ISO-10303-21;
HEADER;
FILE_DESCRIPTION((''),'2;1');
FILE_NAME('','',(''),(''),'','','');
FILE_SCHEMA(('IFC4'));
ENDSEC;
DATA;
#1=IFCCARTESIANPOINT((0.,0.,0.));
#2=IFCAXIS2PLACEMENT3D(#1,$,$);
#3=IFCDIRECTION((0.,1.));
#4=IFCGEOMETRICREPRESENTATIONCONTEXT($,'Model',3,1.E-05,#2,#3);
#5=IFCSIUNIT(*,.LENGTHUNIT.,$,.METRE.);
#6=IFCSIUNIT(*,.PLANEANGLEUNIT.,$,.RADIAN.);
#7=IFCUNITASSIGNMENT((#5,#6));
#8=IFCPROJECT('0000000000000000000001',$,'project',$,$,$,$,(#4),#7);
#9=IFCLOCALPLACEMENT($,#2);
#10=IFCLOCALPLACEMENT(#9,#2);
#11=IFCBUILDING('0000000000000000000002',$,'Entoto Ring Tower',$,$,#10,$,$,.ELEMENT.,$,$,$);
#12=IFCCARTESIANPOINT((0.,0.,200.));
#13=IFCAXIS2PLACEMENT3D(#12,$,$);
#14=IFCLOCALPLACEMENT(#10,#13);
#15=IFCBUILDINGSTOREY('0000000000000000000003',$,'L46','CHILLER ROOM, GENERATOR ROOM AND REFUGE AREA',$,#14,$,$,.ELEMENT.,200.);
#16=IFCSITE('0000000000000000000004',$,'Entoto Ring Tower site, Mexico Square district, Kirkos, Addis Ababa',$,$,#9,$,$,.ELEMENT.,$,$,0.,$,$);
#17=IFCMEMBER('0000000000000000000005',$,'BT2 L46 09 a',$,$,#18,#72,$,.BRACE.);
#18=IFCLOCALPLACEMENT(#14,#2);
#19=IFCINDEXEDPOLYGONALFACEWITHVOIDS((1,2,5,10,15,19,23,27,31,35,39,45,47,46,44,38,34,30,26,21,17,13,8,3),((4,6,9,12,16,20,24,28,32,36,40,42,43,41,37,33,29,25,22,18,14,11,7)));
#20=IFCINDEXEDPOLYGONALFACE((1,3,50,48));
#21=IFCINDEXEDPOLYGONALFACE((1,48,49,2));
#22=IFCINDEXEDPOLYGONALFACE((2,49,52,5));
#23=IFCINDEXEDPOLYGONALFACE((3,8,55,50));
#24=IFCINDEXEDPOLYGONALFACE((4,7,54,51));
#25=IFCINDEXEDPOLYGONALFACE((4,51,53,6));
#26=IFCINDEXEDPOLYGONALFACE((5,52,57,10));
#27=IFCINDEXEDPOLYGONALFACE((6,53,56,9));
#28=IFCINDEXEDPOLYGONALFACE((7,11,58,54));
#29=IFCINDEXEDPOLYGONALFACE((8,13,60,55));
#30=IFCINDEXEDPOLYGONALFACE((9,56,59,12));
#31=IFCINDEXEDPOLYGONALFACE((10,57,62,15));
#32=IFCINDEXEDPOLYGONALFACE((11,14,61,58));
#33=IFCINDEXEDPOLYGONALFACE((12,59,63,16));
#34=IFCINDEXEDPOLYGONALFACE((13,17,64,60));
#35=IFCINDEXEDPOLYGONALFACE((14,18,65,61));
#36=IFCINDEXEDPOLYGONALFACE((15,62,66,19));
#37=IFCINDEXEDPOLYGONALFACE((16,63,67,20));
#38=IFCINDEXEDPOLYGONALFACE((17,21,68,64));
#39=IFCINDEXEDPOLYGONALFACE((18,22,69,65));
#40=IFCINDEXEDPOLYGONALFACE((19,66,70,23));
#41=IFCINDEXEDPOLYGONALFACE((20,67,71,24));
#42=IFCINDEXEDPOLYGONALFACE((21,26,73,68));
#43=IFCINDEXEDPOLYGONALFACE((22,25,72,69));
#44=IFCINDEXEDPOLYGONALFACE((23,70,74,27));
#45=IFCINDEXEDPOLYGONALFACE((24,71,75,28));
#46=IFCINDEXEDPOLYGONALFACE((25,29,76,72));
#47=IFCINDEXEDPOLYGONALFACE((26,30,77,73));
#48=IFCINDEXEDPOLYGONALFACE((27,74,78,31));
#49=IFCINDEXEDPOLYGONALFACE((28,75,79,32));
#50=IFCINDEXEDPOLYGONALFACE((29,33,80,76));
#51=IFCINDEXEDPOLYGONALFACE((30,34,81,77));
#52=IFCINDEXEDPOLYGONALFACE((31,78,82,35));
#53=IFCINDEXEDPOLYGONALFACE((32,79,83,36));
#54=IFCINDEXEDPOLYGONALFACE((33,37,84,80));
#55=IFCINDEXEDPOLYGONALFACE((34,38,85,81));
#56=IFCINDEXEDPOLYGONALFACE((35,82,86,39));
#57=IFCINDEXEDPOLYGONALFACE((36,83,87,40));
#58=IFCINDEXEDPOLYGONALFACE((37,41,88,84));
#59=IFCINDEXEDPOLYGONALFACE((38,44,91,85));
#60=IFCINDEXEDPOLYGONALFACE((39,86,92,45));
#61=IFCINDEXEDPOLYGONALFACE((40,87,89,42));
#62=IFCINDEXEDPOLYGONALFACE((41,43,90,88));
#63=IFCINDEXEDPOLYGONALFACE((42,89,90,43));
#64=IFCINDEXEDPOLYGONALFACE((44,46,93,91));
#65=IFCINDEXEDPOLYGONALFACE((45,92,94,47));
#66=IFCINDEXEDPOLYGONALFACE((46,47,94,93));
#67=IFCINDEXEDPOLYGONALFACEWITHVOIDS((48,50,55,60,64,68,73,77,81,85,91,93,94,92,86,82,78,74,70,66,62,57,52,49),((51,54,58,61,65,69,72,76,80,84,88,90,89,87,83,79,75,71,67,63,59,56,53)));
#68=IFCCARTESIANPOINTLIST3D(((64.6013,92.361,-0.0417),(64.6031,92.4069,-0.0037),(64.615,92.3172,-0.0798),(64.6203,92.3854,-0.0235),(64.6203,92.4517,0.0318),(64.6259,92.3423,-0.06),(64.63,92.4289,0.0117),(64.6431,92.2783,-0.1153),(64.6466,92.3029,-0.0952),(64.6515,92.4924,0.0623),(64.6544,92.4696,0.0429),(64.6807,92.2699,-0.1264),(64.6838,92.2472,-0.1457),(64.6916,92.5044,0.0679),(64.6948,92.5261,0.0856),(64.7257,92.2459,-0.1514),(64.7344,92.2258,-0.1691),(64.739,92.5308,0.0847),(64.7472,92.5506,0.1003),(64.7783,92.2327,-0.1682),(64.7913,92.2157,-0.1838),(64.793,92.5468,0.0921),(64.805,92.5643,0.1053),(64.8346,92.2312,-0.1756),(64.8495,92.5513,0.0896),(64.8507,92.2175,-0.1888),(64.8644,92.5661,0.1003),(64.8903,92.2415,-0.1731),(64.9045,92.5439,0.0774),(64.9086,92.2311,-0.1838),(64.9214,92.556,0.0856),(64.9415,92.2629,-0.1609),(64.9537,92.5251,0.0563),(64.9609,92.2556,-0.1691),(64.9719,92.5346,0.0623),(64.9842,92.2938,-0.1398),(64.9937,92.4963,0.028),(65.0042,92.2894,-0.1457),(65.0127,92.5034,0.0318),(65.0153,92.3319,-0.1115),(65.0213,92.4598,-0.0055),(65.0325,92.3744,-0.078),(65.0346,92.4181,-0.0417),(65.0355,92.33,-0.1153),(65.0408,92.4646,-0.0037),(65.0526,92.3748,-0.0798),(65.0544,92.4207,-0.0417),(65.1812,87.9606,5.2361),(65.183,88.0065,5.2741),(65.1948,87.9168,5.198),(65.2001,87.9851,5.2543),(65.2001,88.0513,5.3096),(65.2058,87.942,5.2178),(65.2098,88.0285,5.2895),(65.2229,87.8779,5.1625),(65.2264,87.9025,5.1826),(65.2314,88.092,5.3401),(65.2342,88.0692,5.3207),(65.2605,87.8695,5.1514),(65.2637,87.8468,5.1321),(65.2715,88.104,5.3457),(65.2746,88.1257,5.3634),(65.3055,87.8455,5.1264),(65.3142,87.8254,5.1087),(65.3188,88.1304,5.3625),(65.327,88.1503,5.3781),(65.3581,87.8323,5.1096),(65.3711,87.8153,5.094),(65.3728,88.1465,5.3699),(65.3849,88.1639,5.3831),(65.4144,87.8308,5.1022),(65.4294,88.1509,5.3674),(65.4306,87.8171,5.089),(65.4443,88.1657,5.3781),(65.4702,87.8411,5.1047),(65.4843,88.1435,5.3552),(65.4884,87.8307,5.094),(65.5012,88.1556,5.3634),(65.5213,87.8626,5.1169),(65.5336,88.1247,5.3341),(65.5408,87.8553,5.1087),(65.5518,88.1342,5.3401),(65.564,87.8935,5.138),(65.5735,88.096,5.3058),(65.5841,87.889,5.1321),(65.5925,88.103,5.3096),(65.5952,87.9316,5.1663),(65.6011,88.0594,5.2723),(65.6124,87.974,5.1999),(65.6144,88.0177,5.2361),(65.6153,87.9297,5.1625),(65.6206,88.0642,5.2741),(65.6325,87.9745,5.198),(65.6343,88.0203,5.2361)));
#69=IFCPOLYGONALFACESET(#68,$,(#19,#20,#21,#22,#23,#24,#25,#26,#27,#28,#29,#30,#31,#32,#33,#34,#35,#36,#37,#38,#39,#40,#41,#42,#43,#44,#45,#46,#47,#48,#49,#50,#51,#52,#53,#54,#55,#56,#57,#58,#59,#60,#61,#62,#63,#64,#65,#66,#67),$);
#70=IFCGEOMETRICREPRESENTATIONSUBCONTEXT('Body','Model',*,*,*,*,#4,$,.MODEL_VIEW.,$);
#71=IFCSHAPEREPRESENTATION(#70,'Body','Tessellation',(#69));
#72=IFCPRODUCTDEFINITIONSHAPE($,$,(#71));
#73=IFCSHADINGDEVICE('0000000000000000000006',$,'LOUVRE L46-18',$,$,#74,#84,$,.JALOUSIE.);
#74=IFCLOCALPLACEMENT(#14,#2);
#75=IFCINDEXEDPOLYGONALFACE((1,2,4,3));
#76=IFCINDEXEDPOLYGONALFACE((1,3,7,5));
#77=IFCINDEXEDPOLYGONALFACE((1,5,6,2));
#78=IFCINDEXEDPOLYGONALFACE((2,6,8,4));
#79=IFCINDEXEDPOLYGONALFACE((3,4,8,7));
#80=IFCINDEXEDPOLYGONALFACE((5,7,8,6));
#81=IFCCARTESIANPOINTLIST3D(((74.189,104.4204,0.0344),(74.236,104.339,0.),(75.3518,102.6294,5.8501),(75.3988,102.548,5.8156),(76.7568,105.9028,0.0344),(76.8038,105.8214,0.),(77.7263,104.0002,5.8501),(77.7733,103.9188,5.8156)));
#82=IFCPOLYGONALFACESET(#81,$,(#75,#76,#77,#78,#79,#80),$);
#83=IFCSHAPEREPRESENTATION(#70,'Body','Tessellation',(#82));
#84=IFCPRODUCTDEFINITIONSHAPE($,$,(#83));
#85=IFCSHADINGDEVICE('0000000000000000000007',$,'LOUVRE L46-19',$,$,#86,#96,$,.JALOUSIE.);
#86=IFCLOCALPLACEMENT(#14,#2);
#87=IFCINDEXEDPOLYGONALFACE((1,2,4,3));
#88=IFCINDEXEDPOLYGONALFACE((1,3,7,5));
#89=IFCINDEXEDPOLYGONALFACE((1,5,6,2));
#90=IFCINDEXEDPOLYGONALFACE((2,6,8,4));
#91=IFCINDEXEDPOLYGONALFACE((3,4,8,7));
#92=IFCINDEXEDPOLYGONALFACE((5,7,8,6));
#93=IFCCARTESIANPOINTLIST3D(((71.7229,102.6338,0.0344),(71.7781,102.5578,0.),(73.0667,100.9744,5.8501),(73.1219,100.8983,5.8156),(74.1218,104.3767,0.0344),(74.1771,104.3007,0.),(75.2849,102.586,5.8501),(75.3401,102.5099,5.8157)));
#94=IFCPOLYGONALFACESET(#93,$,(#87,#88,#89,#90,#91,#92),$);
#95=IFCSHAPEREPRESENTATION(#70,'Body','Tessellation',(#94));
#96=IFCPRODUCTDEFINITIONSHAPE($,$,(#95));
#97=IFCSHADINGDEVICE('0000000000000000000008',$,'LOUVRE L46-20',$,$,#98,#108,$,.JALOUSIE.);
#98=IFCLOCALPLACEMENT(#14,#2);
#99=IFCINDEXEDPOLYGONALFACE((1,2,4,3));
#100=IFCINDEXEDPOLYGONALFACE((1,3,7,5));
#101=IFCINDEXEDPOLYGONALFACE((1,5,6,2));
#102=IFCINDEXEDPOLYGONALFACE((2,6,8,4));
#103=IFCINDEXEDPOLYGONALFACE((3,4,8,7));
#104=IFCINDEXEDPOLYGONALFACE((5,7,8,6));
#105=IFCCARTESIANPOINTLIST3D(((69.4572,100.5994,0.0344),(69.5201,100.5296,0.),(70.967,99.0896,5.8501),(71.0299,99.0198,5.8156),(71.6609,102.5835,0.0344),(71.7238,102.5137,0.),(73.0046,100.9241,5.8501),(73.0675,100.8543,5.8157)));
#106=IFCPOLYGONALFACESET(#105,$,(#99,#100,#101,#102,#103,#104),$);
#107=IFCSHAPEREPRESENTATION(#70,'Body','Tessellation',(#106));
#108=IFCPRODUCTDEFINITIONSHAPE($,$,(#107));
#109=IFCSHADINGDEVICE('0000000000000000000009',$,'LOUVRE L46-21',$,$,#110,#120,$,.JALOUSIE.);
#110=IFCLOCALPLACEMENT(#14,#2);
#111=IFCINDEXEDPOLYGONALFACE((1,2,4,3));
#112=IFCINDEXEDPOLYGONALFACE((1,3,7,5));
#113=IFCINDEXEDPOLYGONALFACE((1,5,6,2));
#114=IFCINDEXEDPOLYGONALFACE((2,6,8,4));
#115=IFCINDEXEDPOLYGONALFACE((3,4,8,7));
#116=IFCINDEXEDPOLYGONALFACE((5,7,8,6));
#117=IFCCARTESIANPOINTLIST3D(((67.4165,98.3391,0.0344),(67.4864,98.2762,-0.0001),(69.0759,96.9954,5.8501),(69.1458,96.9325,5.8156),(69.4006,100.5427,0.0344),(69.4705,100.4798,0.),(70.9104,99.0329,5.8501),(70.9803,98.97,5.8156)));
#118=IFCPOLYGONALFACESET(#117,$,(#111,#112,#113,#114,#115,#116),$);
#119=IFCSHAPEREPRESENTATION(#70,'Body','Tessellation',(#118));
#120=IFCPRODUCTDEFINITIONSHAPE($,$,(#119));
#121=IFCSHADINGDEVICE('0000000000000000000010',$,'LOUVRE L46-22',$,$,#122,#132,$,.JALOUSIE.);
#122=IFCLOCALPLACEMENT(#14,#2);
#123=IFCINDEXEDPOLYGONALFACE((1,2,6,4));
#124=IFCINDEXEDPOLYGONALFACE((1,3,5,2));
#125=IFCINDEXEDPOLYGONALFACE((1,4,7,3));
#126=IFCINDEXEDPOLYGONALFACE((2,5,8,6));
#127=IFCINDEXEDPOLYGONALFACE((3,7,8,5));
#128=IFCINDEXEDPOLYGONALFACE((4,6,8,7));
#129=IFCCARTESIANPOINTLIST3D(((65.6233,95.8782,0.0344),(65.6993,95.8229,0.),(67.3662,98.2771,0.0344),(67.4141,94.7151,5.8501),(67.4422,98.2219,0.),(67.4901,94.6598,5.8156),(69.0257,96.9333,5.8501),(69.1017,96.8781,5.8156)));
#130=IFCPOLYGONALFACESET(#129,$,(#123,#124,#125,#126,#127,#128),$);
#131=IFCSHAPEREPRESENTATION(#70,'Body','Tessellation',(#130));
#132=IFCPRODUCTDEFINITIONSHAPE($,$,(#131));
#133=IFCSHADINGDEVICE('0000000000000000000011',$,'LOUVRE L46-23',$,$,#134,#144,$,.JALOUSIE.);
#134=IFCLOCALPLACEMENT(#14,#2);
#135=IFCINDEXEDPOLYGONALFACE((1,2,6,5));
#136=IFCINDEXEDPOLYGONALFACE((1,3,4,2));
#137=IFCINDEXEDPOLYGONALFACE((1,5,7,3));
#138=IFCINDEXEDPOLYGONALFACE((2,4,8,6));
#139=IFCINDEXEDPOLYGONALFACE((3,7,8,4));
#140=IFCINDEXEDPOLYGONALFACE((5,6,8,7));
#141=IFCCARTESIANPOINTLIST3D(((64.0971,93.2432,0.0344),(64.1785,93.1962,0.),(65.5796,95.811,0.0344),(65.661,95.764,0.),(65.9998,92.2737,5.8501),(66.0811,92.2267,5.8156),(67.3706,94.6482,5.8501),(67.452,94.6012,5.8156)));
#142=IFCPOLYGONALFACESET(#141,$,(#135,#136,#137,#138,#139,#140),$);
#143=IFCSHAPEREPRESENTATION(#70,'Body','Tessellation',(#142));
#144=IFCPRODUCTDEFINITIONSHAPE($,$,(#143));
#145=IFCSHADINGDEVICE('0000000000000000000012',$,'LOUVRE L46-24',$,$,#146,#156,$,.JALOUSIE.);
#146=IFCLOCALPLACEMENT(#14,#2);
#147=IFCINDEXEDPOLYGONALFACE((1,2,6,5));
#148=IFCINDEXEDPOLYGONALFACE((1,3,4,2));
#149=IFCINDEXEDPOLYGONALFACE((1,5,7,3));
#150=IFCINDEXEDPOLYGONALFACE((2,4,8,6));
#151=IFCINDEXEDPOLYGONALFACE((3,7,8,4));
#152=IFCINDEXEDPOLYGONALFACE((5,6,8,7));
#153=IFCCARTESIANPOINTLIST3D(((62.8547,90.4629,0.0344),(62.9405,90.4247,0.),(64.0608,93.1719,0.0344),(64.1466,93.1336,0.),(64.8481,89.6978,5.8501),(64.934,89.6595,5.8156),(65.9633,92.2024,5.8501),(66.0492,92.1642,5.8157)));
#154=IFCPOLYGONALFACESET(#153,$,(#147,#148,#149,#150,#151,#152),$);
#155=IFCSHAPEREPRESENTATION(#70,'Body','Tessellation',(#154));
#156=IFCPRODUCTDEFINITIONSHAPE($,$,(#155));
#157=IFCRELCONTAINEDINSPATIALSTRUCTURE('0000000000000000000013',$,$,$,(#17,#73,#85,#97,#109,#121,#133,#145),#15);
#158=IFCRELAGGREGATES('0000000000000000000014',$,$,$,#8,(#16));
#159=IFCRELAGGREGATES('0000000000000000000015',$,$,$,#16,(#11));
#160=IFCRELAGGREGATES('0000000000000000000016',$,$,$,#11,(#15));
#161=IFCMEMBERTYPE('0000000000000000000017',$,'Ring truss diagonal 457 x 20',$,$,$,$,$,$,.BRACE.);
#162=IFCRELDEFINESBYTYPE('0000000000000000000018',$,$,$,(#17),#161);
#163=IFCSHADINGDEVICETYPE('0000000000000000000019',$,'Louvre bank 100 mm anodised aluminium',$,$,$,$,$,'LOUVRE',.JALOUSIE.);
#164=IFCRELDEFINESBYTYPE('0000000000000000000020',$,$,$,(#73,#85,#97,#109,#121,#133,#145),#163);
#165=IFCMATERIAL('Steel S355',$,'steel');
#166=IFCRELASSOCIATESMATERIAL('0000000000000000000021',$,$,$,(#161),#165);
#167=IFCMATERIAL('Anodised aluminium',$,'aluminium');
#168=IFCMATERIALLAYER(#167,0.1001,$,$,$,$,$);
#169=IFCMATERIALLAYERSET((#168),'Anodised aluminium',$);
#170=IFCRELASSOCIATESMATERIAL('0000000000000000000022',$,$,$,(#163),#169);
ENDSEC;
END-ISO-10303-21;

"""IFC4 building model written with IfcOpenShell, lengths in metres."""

from ifc_helpers import new_model, si_unit, direction, frame, origin, origin_2d, place, context, subcontext, project, spatial, polyline, circle, hollow_circle, outline, extrude, material, layer, layer_set, material_profile, profile_set, type_object, element, save


model = new_model("IFC4")

# Units and contexts
model_context = context("Model", 3, precision=1e-05, world=origin(), true_north=direction((0.0, 1.0)))
body_context = subcontext(model_context, "Body", "Model", "MODEL_VIEW")
ifc_project = project(units=[si_unit("LENGTHUNIT", "METRE"), si_unit("PLANEANGLEUNIT", "RADIAN")], contexts=[model_context])

# Site, building, storey
site_placement = place(None, origin())
site = spatial("IfcSite", under=ifc_project, at=site_placement, Name="Entoto Ring Tower site, Mexico Square district, Kirkos, Addis Ababa", CompositionType="ELEMENT", RefElevation=0.0)
building_placement = place(site_placement, origin())
building = spatial("IfcBuilding", under=site, at=building_placement, Name="Entoto Ring Tower", CompositionType="ELEMENT")
storey_placement = place(building_placement, frame((0.0, 0.0, 200.0)))
storey = spatial("IfcBuildingStorey", under=building, at=storey_placement, Name="L46", Description="CHILLER ROOM, GENERATOR ROOM AND REFUGE AREA", CompositionType="ELEMENT", Elevation=200.0)

# Member
ifc_material_1 = material(Name="Steel S355", Category="steel")
ifc_material_profile_1 = material_profile(ifc_material_1, hollow_circle(Radius=0.2285, WallThickness=0.02, at=origin_2d()), Name="CHS 457 x 20")
ifc_material_2 = material(Name="Concrete C60/75", Category="concrete")
ifc_material_profile_2 = material_profile(ifc_material_2, circle(Radius=0.2085, at=origin_2d()), Name="Concrete C60/75 infill")
ifc_profile_set_1 = profile_set([ifc_material_profile_1, ifc_material_profile_2], Name="Steel S355")
member_type_1 = type_object("IfcMemberType", Name="Ring truss diagonal 457 x 20", PredefinedType="BRACE", material=ifc_profile_set_1)
for number, where, z_axis, x_axis, name in (
    (1, (64.8279, 92.3909, -0.0417), (0.084082, -0.638105, 0.765344), (0.99143, 0.130639, 0.0), "BT2 L46 09 a"),
):
    element("IfcMember", number, at=place(storey_placement, frame(where, z_axis=z_axis, x_axis=x_axis)), inside=storey, type_object=member_type_1, Name=name, PredefinedType="BRACE", context=body_context, shape_type="SweptSolid", body=[
        extrude(hollow_circle(Radius=0.2285, WallThickness=0.02, at=origin_2d()), origin(), (0.0, 0.0, 1.0), 6.896),
    ])

# Shading devices
ifc_material_3 = material(Name="Anodised aluminium", Category="aluminium")
ifc_layer_1 = layer(ifc_material_3, 0.1001)
ifc_layer_set_1 = layer_set([ifc_layer_1], Name="Anodised aluminium")
shading_device_type = type_object("IfcShadingDeviceType", Name="Louvre bank 100 mm anodised aluminium", ElementType="LOUVRE", PredefinedType="JALOUSIE", material=ifc_layer_set_1)
shading_device_1_placement = place(storey_placement, frame((76.7568, 105.9028, 0.0344), z_axis=(-0.469411, 0.813104, 0.344261), x_axis=(-0.866042, -0.499971, -0.000003)))
element("IfcShadingDevice", 2, at=shading_device_1_placement, inside=storey, type_object=shading_device_type, Name="LOUVRE L46-18", PredefinedType="JALOUSIE", context=body_context, shape_type="SweptSolid", body=[
    extrude(outline(polyline([(0.0, 0.0), (2.9651, 0.0), (2.8534, 6.1943), (0.1116, 6.1943), (0.0, 0.0)])), origin(), (0.0, 0.0, -1.0), 0.1001),
])
shading_device_2_placement = place(storey_placement, frame((74.1218, 104.3767, 0.0344), z_axis=(-0.551849, 0.759576, 0.344249), x_axis=(-0.809024, -0.587776, 0.000004)))
element("IfcShadingDevice", 3, at=shading_device_2_placement, inside=storey, type_object=shading_device_type, Name="LOUVRE L46-19", PredefinedType="JALOUSIE", context=body_context, shape_type="SweptSolid", body=[
    extrude(outline(polyline([(0.0, 0.0), (2.9652, 0.0), (2.8535, 6.1943), (0.1116, 6.1943), (0.0, 0.0)])), origin(), (0.0, 0.0, -1.0), 0.1001),
])
shading_device_3_placement = place(storey_placement, frame((71.6609, 102.5835, 0.0344), z_axis=(-0.628218, 0.697743, 0.344234), x_axis=(-0.74316, -0.669113, 0.000007)))
element("IfcShadingDevice", 4, at=shading_device_3_placement, inside=storey, type_object=shading_device_type, Name="LOUVRE L46-20", PredefinedType="JALOUSIE", context=body_context, shape_type="SweptSolid", body=[
    extrude(outline(polyline([(0.0, 0.0), (2.9652, 0.0), (2.8535, 6.1942), (0.1118, 6.1943), (0.0, 0.0)])), origin(), (0.0, 0.0, -1.0), 0.1001),
])
shading_device_4_placement = place(storey_placement, frame((69.4006, 100.5427, 0.0344), z_axis=(-0.697743, 0.628218, 0.344234), x_axis=(-0.669113, -0.74316, -0.000007)))
element("IfcShadingDevice", 5, at=shading_device_4_placement, inside=storey, type_object=shading_device_type, Name="LOUVRE L46-21", PredefinedType="JALOUSIE", context=body_context, shape_type="SweptSolid", body=[
    extrude(outline(polyline([(0.0, 0.0), (2.9652, 0.0), (2.8535, 6.1943), (0.1118, 6.1942), (0.0, 0.0)])), origin(), (0.0, 0.0, -1.0), 0.1001),
])
shading_device_5_placement = place(storey_placement, frame((67.3662, 98.2771, 0.0344), z_axis=(-0.759576, 0.551849, 0.344249), x_axis=(-0.587776, -0.809024, -0.000004)))
element("IfcShadingDevice", 6, at=shading_device_5_placement, inside=storey, type_object=shading_device_type, Name="LOUVRE L46-22", PredefinedType="JALOUSIE", context=body_context, shape_type="SweptSolid", body=[
    extrude(outline(polyline([(0.0, 0.0), (2.9652, 0.0), (2.8536, 6.1943), (0.1117, 6.1943), (0.0, 0.0)])), origin(), (0.0, 0.0, -1.0), 0.1001),
])
shading_device_6_placement = place(storey_placement, frame((65.5796, 95.811, 0.0344), z_axis=(-0.813104, 0.469411, 0.344261), x_axis=(-0.499971, -0.866042, 0.000003)))
element("IfcShadingDevice", 7, at=shading_device_6_placement, inside=storey, type_object=shading_device_type, Name="LOUVRE L46-23", PredefinedType="JALOUSIE", context=body_context, shape_type="SweptSolid", body=[
    extrude(outline(polyline([(0.0, 0.0), (2.9651, 0.0), (2.8534, 6.1943), (0.1116, 6.1943), (0.0, 0.0)])), origin(), (0.0, 0.0, -1.0), 0.1001),
])
shading_device_7_placement = place(storey_placement, frame((64.0608, 93.1719, 0.0344), z_axis=(-0.857707, 0.381881, 0.344246), x_axis=(-0.406739, -0.913544, 0.000008)))
element("IfcShadingDevice", 8, at=shading_device_7_placement, inside=storey, type_object=shading_device_type, Name="LOUVRE L46-24", PredefinedType="JALOUSIE", context=body_context, shape_type="SweptSolid", body=[
    extrude(outline(polyline([(0.0, 0.0), (2.9653, 0.0), (2.8536, 6.1942), (0.1119, 6.1943), (0.0, 0.0)])), origin(), (0.0, 0.0, -1.0), 0.1001),
])

save(model, "model.ifc")
